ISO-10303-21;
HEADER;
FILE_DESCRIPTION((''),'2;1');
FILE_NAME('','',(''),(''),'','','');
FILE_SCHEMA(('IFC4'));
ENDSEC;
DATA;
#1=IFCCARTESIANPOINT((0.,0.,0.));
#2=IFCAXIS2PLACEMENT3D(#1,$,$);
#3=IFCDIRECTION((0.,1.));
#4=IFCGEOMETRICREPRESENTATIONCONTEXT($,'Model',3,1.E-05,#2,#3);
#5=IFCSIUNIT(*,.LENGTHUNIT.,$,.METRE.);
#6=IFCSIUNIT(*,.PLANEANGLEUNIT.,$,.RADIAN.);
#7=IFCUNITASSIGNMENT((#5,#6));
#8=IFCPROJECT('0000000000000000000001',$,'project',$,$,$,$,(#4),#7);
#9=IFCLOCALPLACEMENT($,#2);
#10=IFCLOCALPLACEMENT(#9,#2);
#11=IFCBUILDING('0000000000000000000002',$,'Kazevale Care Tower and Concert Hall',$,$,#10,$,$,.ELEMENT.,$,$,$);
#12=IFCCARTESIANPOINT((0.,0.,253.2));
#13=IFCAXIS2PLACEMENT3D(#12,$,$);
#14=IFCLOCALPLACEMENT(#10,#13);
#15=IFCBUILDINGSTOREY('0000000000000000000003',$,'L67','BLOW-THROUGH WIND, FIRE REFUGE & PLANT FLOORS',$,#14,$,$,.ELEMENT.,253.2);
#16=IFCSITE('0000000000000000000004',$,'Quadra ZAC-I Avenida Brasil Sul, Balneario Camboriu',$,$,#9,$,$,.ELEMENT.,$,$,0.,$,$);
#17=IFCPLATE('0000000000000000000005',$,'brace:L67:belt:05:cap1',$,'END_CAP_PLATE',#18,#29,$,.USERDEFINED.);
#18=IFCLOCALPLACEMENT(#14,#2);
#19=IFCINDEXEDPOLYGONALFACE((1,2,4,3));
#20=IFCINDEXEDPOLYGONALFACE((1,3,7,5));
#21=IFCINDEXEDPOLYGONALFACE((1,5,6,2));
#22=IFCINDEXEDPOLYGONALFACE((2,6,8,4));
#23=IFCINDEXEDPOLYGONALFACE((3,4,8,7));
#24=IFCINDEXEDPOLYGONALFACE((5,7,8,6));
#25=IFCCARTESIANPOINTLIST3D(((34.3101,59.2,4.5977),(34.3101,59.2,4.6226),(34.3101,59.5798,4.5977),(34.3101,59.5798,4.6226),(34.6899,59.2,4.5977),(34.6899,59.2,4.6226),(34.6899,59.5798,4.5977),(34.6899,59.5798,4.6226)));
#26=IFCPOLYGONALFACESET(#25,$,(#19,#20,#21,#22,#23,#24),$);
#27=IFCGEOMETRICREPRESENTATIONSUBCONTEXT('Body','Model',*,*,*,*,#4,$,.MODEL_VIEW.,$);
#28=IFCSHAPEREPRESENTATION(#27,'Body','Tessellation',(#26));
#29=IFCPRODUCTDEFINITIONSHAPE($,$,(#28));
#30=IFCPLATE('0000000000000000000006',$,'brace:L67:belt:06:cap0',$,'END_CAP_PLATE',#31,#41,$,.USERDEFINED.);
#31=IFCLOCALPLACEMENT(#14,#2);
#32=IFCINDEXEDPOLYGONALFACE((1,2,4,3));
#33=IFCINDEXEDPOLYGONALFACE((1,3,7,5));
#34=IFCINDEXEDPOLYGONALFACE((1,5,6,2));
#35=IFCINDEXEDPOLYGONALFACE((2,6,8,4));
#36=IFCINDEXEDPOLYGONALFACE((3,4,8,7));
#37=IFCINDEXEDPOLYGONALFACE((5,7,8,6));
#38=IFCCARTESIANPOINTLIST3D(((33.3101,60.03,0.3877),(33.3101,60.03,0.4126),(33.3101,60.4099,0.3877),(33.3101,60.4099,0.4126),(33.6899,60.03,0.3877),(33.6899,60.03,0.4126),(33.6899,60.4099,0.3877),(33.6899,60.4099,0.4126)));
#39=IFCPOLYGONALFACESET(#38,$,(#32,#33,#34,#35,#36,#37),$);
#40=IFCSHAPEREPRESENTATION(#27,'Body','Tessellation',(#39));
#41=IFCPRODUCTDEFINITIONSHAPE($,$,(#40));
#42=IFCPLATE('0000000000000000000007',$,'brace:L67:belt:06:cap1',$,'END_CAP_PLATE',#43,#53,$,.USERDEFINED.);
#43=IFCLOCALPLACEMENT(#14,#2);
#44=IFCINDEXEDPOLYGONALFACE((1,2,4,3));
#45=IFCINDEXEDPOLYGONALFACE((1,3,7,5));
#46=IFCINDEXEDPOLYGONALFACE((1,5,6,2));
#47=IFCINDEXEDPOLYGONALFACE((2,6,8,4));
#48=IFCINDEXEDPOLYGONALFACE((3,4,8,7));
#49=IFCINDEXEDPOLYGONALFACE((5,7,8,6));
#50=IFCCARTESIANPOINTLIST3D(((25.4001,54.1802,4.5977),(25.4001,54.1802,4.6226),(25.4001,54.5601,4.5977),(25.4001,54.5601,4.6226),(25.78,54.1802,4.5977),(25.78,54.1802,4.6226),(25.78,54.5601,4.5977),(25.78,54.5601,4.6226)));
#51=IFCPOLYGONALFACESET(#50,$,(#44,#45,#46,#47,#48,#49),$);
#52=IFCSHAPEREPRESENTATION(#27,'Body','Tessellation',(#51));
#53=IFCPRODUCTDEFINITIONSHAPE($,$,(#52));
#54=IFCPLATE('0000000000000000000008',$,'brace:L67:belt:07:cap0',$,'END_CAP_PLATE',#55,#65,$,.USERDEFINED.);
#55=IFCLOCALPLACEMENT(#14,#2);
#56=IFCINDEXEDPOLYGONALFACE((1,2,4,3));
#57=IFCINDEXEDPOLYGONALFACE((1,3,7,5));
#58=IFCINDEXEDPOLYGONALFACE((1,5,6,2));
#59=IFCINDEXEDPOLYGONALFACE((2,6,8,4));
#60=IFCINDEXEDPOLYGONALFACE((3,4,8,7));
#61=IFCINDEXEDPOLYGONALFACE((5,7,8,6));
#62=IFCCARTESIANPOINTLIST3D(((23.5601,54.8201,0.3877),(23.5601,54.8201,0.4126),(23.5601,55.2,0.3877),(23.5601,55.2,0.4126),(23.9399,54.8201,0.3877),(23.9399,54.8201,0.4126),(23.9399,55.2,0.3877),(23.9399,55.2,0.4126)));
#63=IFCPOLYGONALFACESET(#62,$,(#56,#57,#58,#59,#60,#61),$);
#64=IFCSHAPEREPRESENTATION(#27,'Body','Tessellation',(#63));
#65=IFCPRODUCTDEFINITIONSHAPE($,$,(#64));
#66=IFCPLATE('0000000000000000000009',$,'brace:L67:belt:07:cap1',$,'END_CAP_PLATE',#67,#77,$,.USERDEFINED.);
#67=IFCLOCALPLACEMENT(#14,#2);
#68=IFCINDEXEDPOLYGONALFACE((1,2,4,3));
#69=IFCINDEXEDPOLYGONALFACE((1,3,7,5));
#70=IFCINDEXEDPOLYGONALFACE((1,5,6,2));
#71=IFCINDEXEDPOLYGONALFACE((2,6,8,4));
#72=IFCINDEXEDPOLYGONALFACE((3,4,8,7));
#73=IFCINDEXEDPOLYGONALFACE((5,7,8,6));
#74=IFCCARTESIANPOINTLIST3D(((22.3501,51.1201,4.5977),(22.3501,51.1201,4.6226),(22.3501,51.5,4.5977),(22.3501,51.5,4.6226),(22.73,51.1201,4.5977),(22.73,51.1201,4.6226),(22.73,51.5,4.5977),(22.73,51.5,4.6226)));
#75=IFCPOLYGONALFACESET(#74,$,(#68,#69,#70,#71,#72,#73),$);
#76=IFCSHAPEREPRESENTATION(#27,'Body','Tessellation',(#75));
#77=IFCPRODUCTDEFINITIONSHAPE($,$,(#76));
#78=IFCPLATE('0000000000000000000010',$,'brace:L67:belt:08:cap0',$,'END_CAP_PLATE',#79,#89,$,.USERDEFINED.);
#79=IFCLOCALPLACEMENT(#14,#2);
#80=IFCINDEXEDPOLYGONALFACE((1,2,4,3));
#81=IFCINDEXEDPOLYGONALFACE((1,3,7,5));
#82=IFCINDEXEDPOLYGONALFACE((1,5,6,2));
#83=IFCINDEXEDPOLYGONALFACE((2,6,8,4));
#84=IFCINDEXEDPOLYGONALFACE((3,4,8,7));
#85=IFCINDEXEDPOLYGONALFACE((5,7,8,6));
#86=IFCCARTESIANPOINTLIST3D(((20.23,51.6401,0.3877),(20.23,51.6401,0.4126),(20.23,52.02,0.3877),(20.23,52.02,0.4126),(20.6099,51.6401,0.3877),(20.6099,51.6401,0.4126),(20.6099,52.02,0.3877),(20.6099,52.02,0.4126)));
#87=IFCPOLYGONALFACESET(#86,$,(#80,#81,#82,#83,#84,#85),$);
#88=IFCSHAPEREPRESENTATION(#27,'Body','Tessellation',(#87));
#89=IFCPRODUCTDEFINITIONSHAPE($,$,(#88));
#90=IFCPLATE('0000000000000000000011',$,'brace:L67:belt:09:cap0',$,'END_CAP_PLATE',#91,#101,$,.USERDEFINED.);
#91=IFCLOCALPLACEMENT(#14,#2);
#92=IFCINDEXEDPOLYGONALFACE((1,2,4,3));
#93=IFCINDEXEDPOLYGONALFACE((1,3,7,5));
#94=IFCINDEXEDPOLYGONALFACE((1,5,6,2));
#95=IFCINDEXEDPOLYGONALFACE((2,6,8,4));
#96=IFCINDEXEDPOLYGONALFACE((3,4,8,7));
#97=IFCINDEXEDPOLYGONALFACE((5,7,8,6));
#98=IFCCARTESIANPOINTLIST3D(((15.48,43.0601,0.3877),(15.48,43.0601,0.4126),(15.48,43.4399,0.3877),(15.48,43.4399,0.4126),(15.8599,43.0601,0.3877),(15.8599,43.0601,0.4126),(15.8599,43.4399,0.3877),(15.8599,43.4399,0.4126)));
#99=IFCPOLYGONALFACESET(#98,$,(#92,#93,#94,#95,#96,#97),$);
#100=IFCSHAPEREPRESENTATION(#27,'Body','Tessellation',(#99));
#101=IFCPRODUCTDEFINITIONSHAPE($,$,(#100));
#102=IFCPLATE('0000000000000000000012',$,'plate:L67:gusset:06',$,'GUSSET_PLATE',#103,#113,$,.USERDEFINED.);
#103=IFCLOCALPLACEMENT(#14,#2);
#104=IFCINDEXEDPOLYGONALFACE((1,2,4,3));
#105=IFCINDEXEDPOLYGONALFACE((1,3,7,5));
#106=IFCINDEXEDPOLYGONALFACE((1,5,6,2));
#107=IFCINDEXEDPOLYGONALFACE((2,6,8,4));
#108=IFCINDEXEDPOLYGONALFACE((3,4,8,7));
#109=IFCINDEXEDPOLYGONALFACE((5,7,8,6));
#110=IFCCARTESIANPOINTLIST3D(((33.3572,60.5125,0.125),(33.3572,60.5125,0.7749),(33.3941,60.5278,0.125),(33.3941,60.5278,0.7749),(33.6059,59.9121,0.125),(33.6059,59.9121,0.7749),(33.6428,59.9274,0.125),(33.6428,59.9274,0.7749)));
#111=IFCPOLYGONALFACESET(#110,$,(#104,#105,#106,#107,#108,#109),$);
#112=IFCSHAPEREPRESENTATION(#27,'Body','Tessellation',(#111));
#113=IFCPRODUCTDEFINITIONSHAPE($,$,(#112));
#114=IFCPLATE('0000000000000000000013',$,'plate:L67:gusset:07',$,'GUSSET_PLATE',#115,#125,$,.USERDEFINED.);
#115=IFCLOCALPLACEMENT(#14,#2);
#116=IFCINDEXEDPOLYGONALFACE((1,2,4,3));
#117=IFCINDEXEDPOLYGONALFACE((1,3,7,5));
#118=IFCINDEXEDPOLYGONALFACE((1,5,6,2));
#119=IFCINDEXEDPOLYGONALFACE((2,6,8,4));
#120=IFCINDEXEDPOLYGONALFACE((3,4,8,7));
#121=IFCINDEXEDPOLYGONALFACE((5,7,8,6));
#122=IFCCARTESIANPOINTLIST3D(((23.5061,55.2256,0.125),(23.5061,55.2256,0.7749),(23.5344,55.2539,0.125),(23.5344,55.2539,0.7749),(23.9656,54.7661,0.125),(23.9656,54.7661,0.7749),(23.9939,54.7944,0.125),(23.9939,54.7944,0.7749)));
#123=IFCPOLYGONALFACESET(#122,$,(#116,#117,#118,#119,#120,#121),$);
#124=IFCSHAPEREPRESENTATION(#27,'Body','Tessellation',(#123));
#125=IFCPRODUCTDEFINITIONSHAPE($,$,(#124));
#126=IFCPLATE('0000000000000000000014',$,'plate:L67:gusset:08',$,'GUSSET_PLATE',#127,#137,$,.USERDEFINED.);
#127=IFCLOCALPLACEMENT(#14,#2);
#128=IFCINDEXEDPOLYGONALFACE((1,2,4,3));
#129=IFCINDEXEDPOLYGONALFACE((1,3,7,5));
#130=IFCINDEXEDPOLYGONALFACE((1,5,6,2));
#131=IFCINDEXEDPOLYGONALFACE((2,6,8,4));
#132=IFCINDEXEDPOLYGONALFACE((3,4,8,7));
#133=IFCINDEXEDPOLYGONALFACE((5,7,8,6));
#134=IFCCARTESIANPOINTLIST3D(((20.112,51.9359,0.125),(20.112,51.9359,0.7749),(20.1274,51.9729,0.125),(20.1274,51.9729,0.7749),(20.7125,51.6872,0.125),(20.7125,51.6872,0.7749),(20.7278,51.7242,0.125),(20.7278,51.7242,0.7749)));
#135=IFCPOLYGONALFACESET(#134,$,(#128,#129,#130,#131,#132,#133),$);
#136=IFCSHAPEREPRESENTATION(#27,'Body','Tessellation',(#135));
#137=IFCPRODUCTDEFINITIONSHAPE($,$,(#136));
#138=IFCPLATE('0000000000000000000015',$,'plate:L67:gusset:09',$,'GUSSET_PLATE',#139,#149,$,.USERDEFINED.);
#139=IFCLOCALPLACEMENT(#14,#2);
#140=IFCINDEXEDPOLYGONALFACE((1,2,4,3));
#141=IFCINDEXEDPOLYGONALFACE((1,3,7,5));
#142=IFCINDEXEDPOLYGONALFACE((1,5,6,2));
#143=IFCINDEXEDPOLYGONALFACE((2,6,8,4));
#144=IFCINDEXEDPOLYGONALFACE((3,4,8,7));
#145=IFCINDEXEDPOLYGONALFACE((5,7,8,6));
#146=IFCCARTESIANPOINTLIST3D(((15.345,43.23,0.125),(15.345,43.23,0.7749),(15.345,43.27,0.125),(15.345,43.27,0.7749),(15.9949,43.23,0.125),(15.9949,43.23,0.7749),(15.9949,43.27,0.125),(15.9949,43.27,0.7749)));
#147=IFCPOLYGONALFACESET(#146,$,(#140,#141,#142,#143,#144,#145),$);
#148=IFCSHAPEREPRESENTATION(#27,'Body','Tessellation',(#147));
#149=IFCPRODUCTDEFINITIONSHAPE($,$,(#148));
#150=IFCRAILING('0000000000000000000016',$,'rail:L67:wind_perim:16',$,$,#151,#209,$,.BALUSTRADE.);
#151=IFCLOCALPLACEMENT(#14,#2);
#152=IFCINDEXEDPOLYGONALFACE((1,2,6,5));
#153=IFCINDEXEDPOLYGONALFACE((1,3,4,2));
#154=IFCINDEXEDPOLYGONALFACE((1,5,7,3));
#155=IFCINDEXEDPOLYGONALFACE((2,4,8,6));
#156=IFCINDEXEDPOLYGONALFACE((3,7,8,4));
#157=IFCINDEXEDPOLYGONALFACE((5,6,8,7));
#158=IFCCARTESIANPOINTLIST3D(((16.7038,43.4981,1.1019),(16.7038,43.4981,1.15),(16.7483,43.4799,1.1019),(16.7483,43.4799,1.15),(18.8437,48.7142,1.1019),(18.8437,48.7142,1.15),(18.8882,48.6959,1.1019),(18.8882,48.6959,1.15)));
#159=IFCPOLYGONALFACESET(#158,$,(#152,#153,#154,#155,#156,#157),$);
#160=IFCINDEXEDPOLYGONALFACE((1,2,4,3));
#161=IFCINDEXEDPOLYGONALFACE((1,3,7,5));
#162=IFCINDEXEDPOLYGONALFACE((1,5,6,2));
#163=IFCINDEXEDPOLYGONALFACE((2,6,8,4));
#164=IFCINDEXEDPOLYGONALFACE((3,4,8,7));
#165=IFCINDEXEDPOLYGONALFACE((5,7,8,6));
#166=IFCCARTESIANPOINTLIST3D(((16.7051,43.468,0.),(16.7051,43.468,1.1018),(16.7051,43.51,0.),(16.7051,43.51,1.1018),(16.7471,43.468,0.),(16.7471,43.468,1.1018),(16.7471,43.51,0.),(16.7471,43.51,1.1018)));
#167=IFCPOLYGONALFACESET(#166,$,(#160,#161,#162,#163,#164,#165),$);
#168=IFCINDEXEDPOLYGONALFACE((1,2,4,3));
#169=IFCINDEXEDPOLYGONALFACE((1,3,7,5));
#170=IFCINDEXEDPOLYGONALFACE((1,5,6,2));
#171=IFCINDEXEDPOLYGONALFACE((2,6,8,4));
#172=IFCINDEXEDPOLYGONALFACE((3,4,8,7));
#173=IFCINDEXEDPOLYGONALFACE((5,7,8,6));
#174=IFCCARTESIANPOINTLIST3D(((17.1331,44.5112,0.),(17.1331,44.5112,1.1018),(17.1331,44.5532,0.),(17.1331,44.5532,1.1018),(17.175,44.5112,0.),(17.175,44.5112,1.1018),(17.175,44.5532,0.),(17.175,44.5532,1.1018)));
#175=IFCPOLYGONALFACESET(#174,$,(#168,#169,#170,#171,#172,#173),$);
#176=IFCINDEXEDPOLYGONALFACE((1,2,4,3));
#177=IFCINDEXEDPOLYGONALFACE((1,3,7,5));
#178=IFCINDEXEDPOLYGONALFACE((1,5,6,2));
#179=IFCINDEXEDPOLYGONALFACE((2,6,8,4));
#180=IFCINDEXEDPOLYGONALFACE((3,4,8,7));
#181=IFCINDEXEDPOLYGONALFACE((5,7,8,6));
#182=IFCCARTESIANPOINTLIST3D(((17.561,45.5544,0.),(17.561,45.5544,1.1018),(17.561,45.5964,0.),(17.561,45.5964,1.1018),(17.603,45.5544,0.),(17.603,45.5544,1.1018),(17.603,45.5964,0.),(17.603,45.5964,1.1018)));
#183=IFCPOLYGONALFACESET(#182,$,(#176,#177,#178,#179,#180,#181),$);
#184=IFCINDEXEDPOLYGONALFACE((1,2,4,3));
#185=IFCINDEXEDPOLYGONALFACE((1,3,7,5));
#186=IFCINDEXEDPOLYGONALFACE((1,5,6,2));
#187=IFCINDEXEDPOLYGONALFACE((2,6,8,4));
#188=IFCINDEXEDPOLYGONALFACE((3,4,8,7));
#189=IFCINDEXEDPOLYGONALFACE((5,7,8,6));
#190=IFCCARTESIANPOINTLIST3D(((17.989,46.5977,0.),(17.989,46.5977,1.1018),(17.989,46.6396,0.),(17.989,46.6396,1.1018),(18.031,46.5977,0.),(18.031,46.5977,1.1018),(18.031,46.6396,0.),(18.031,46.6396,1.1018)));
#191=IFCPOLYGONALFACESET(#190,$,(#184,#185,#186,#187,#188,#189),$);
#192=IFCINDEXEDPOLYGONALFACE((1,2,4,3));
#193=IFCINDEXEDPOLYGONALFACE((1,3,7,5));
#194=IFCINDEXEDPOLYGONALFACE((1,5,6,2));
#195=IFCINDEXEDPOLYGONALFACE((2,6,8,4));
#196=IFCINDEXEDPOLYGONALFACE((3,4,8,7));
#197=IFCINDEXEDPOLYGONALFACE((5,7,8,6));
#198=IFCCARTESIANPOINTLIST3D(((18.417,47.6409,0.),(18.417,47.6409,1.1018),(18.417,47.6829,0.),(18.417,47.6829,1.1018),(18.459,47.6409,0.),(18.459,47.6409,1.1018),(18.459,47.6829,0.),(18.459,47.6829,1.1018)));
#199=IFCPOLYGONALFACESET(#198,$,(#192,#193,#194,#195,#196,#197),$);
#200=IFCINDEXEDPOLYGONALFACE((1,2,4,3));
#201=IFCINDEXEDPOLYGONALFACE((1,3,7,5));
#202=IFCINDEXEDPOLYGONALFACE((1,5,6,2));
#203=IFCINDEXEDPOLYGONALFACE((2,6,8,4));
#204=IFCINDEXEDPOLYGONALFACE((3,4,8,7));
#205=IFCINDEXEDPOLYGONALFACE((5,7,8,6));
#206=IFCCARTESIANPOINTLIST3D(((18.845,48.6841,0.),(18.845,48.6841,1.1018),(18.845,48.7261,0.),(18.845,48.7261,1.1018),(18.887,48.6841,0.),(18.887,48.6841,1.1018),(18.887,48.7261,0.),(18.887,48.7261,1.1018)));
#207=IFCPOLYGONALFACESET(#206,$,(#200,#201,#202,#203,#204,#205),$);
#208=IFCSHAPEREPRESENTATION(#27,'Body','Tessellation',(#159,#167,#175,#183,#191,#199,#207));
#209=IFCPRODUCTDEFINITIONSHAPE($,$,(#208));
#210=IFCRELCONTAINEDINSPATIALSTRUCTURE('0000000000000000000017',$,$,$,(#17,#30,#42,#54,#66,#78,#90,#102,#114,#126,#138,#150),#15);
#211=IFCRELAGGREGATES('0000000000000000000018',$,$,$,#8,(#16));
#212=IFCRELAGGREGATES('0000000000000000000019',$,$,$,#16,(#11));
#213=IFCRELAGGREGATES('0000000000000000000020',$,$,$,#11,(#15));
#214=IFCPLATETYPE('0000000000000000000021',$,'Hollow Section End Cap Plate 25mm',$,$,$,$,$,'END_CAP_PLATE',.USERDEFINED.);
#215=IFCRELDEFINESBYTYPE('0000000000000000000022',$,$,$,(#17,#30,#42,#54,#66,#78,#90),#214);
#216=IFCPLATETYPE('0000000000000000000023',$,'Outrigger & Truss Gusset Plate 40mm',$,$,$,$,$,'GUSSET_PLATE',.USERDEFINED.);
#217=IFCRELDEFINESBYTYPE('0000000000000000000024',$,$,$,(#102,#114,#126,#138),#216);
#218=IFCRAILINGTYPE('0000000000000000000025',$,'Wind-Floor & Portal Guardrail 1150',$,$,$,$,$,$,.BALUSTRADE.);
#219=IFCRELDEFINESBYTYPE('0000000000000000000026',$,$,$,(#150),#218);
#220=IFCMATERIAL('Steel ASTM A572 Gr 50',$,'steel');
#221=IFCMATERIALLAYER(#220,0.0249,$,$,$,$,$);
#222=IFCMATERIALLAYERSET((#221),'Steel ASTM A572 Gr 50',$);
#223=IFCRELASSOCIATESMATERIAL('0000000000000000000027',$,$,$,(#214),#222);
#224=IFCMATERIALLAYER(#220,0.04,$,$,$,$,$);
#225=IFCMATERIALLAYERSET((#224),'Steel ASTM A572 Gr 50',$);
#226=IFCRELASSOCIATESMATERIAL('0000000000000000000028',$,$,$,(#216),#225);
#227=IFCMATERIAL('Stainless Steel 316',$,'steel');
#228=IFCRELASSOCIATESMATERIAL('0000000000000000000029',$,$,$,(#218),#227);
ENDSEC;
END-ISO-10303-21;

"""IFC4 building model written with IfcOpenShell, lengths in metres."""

from ifc_helpers import new_model, si_unit, direction, frame, origin, origin_2d, place, context, subcontext, project, spatial, rectangle, extrude, material, layer, layer_set, type_object, element, save


model = new_model("IFC4")

# Units and contexts
model_context = context("Model", 3, precision=1e-05, world=origin(), true_north=direction((0.0, 1.0)))
body_context = subcontext(model_context, "Body", "Model", "MODEL_VIEW")
ifc_project = project(units=[si_unit("LENGTHUNIT", "METRE"), si_unit("PLANEANGLEUNIT", "RADIAN")], contexts=[model_context])

# Site, building, storey
site_placement = place(None, origin())
site = spatial("IfcSite", under=ifc_project, at=site_placement, Name="Quadra ZAC-I Avenida Brasil Sul, Balneario Camboriu", CompositionType="ELEMENT", RefElevation=0.0)
building_placement = place(site_placement, origin())
building = spatial("IfcBuilding", under=site, at=building_placement, Name="Kazevale Care Tower and Concert Hall", CompositionType="ELEMENT")
storey_placement = place(building_placement, frame((0.0, 0.0, 253.2)))
storey = spatial("IfcBuildingStorey", under=building, at=storey_placement, Name="L67", Description="BLOW-THROUGH WIND, FIRE REFUGE & PLANT FLOORS", CompositionType="ELEMENT", Elevation=253.2)

# Shared definitions
ifc_material_1 = material(Name="Steel ASTM A572 Gr 50", Category="steel")

# Plates
ifc_layer_1 = layer(ifc_material_1, 0.0249)
ifc_layer_set_1 = layer_set([ifc_layer_1], Name="Steel ASTM A572 Gr 50")
plate_type_1 = type_object("IfcPlateType", Name="Hollow Section End Cap Plate 25mm", ElementType="END_CAP_PLATE", PredefinedType="USERDEFINED", material=ifc_layer_set_1)
for number, where, z_axis, x_axis, name in (
    (1, (34.5, 59.3899, 4.5977), (0.0, 0.0, 1.0), (1.0, 0.0, 0.0), "brace:L67:belt:05:cap1"),
    (2, (33.5, 60.22, 0.3877), (0.0, 0.0, 1.0), (1.0, 0.0, 0.0), "brace:L67:belt:06:cap0"),
    (3, (25.5901, 54.3701, 4.5977), (0.0, 0.0, 1.0), (1.0, 0.0, 0.0), "brace:L67:belt:06:cap1"),
    (4, (23.75, 55.01, 0.3877), (0.0, 0.0, 1.0), (1.0, 0.0, 0.0), "brace:L67:belt:07:cap0"),
    (5, (22.54, 51.3101, 4.5977), (0.0, 0.0, 1.0), (1.0, 0.0, 0.0), "brace:L67:belt:07:cap1"),
    (6, (20.4199, 51.8301, 0.3877), (0.0, 0.0, 1.0), (1.0, 0.0, 0.0), "brace:L67:belt:08:cap0"),
    (7, (15.6699, 43.25, 0.3877), (0.0, 0.0, 1.0), (1.0, 0.0, 0.0), "brace:L67:belt:09:cap0"),
):
    element("IfcPlate", number, at=place(storey_placement, frame(where, z_axis=z_axis, x_axis=x_axis)), inside=storey, type_object=plate_type_1, Name=name, ObjectType="END_CAP_PLATE", PredefinedType="USERDEFINED", context=body_context, shape_type="SweptSolid", body=[
        extrude(rectangle(XDim=0.3799, YDim=0.3799, at=origin_2d()), origin(), (0.0, 0.0, 1.0), 0.0249),
    ])
ifc_layer_2 = layer(ifc_material_1, 0.04)
ifc_layer_set_2 = layer_set([ifc_layer_2], Name="Steel ASTM A572 Gr 50")
plate_type_2 = type_object("IfcPlateType", Name="Outrigger & Truss Gusset Plate 40mm", ElementType="GUSSET_PLATE", PredefinedType="USERDEFINED", material=ifc_layer_set_2)
for number, where, z_axis, x_axis, name in (
    (8, (33.5, 60.22, 0.125), (0.0, 0.0, 1.0), (-0.382683, 0.92388, 0.0), "plate:L67:gusset:06"),
    (9, (23.75, 55.01, 0.125), (0.0, 0.0, 1.0), (-0.707107, 0.707107, 0.0), "plate:L67:gusset:07"),
    (10, (20.4199, 51.8301, 0.125), (0.0, 0.0, 1.0), (-0.92388, 0.382683, 0.0), "plate:L67:gusset:08"),
    (11, (15.6699, 43.25, 0.125), (0.0, 0.0, 1.0), (-1.0, 0.0, 0.0), "plate:L67:gusset:09"),
):
    element("IfcPlate", number, at=place(storey_placement, frame(where, z_axis=z_axis, x_axis=x_axis)), inside=storey, type_object=plate_type_2, Name=name, ObjectType="GUSSET_PLATE", PredefinedType="USERDEFINED", context=body_context, shape_type="SweptSolid", body=[
        extrude(rectangle(XDim=0.6499, YDim=0.04, at=origin_2d()), origin(), (0.0, 0.0, 1.0), 0.6499),
    ])

# Railing
ifc_material_2 = material(Name="Stainless Steel 316", Category="steel")
railing_type = type_object("IfcRailingType", Name="Wind-Floor & Portal Guardrail 1150", PredefinedType="BALUSTRADE", material=ifc_material_2)
railing_1_placement = place(storey_placement, frame((16.7261, 43.489, 0.0)))
element("IfcRailing", 12, at=railing_1_placement, inside=storey, type_object=railing_type, Name="rail:L67:wind_perim:16", PredefinedType="BALUSTRADE", context=body_context, shape_type="SweptSolid", body=[
    extrude(rectangle(XDim=0.0481, YDim=0.0481, at=origin_2d()), frame((0.0, 0.0, 1.126), z_axis=(0.379552, 0.925171, 0.0), x_axis=(-0.925171, 0.379552, 0.0)), (0.0, 0.0, 1.0), 5.6379),
    extrude(rectangle(XDim=0.042, YDim=0.042, at=origin_2d()), origin(), (0.0, 0.0, 1.0), 1.1018),
    extrude(rectangle(XDim=0.042, YDim=0.042, at=origin_2d()), frame((0.428, 1.0432, 0.0)), (0.0, 0.0, 1.0), 1.1018),
    extrude(rectangle(XDim=0.042, YDim=0.042, at=origin_2d()), frame((0.856, 2.0864, 0.0)), (0.0, 0.0, 1.0), 1.1018),
    extrude(rectangle(XDim=0.042, YDim=0.042, at=origin_2d()), frame((1.2839, 3.1296, 0.0)), (0.0, 0.0, 1.0), 1.1018),
    extrude(rectangle(XDim=0.042, YDim=0.042, at=origin_2d()), frame((1.7119, 4.1729, 0.0)), (0.0, 0.0, 1.0), 1.1018),
    extrude(rectangle(XDim=0.042, YDim=0.042, at=origin_2d()), frame((2.1399, 5.2161, 0.0)), (0.0, 0.0, 1.0), 1.1018),
])

save(model, "model.ifc")
